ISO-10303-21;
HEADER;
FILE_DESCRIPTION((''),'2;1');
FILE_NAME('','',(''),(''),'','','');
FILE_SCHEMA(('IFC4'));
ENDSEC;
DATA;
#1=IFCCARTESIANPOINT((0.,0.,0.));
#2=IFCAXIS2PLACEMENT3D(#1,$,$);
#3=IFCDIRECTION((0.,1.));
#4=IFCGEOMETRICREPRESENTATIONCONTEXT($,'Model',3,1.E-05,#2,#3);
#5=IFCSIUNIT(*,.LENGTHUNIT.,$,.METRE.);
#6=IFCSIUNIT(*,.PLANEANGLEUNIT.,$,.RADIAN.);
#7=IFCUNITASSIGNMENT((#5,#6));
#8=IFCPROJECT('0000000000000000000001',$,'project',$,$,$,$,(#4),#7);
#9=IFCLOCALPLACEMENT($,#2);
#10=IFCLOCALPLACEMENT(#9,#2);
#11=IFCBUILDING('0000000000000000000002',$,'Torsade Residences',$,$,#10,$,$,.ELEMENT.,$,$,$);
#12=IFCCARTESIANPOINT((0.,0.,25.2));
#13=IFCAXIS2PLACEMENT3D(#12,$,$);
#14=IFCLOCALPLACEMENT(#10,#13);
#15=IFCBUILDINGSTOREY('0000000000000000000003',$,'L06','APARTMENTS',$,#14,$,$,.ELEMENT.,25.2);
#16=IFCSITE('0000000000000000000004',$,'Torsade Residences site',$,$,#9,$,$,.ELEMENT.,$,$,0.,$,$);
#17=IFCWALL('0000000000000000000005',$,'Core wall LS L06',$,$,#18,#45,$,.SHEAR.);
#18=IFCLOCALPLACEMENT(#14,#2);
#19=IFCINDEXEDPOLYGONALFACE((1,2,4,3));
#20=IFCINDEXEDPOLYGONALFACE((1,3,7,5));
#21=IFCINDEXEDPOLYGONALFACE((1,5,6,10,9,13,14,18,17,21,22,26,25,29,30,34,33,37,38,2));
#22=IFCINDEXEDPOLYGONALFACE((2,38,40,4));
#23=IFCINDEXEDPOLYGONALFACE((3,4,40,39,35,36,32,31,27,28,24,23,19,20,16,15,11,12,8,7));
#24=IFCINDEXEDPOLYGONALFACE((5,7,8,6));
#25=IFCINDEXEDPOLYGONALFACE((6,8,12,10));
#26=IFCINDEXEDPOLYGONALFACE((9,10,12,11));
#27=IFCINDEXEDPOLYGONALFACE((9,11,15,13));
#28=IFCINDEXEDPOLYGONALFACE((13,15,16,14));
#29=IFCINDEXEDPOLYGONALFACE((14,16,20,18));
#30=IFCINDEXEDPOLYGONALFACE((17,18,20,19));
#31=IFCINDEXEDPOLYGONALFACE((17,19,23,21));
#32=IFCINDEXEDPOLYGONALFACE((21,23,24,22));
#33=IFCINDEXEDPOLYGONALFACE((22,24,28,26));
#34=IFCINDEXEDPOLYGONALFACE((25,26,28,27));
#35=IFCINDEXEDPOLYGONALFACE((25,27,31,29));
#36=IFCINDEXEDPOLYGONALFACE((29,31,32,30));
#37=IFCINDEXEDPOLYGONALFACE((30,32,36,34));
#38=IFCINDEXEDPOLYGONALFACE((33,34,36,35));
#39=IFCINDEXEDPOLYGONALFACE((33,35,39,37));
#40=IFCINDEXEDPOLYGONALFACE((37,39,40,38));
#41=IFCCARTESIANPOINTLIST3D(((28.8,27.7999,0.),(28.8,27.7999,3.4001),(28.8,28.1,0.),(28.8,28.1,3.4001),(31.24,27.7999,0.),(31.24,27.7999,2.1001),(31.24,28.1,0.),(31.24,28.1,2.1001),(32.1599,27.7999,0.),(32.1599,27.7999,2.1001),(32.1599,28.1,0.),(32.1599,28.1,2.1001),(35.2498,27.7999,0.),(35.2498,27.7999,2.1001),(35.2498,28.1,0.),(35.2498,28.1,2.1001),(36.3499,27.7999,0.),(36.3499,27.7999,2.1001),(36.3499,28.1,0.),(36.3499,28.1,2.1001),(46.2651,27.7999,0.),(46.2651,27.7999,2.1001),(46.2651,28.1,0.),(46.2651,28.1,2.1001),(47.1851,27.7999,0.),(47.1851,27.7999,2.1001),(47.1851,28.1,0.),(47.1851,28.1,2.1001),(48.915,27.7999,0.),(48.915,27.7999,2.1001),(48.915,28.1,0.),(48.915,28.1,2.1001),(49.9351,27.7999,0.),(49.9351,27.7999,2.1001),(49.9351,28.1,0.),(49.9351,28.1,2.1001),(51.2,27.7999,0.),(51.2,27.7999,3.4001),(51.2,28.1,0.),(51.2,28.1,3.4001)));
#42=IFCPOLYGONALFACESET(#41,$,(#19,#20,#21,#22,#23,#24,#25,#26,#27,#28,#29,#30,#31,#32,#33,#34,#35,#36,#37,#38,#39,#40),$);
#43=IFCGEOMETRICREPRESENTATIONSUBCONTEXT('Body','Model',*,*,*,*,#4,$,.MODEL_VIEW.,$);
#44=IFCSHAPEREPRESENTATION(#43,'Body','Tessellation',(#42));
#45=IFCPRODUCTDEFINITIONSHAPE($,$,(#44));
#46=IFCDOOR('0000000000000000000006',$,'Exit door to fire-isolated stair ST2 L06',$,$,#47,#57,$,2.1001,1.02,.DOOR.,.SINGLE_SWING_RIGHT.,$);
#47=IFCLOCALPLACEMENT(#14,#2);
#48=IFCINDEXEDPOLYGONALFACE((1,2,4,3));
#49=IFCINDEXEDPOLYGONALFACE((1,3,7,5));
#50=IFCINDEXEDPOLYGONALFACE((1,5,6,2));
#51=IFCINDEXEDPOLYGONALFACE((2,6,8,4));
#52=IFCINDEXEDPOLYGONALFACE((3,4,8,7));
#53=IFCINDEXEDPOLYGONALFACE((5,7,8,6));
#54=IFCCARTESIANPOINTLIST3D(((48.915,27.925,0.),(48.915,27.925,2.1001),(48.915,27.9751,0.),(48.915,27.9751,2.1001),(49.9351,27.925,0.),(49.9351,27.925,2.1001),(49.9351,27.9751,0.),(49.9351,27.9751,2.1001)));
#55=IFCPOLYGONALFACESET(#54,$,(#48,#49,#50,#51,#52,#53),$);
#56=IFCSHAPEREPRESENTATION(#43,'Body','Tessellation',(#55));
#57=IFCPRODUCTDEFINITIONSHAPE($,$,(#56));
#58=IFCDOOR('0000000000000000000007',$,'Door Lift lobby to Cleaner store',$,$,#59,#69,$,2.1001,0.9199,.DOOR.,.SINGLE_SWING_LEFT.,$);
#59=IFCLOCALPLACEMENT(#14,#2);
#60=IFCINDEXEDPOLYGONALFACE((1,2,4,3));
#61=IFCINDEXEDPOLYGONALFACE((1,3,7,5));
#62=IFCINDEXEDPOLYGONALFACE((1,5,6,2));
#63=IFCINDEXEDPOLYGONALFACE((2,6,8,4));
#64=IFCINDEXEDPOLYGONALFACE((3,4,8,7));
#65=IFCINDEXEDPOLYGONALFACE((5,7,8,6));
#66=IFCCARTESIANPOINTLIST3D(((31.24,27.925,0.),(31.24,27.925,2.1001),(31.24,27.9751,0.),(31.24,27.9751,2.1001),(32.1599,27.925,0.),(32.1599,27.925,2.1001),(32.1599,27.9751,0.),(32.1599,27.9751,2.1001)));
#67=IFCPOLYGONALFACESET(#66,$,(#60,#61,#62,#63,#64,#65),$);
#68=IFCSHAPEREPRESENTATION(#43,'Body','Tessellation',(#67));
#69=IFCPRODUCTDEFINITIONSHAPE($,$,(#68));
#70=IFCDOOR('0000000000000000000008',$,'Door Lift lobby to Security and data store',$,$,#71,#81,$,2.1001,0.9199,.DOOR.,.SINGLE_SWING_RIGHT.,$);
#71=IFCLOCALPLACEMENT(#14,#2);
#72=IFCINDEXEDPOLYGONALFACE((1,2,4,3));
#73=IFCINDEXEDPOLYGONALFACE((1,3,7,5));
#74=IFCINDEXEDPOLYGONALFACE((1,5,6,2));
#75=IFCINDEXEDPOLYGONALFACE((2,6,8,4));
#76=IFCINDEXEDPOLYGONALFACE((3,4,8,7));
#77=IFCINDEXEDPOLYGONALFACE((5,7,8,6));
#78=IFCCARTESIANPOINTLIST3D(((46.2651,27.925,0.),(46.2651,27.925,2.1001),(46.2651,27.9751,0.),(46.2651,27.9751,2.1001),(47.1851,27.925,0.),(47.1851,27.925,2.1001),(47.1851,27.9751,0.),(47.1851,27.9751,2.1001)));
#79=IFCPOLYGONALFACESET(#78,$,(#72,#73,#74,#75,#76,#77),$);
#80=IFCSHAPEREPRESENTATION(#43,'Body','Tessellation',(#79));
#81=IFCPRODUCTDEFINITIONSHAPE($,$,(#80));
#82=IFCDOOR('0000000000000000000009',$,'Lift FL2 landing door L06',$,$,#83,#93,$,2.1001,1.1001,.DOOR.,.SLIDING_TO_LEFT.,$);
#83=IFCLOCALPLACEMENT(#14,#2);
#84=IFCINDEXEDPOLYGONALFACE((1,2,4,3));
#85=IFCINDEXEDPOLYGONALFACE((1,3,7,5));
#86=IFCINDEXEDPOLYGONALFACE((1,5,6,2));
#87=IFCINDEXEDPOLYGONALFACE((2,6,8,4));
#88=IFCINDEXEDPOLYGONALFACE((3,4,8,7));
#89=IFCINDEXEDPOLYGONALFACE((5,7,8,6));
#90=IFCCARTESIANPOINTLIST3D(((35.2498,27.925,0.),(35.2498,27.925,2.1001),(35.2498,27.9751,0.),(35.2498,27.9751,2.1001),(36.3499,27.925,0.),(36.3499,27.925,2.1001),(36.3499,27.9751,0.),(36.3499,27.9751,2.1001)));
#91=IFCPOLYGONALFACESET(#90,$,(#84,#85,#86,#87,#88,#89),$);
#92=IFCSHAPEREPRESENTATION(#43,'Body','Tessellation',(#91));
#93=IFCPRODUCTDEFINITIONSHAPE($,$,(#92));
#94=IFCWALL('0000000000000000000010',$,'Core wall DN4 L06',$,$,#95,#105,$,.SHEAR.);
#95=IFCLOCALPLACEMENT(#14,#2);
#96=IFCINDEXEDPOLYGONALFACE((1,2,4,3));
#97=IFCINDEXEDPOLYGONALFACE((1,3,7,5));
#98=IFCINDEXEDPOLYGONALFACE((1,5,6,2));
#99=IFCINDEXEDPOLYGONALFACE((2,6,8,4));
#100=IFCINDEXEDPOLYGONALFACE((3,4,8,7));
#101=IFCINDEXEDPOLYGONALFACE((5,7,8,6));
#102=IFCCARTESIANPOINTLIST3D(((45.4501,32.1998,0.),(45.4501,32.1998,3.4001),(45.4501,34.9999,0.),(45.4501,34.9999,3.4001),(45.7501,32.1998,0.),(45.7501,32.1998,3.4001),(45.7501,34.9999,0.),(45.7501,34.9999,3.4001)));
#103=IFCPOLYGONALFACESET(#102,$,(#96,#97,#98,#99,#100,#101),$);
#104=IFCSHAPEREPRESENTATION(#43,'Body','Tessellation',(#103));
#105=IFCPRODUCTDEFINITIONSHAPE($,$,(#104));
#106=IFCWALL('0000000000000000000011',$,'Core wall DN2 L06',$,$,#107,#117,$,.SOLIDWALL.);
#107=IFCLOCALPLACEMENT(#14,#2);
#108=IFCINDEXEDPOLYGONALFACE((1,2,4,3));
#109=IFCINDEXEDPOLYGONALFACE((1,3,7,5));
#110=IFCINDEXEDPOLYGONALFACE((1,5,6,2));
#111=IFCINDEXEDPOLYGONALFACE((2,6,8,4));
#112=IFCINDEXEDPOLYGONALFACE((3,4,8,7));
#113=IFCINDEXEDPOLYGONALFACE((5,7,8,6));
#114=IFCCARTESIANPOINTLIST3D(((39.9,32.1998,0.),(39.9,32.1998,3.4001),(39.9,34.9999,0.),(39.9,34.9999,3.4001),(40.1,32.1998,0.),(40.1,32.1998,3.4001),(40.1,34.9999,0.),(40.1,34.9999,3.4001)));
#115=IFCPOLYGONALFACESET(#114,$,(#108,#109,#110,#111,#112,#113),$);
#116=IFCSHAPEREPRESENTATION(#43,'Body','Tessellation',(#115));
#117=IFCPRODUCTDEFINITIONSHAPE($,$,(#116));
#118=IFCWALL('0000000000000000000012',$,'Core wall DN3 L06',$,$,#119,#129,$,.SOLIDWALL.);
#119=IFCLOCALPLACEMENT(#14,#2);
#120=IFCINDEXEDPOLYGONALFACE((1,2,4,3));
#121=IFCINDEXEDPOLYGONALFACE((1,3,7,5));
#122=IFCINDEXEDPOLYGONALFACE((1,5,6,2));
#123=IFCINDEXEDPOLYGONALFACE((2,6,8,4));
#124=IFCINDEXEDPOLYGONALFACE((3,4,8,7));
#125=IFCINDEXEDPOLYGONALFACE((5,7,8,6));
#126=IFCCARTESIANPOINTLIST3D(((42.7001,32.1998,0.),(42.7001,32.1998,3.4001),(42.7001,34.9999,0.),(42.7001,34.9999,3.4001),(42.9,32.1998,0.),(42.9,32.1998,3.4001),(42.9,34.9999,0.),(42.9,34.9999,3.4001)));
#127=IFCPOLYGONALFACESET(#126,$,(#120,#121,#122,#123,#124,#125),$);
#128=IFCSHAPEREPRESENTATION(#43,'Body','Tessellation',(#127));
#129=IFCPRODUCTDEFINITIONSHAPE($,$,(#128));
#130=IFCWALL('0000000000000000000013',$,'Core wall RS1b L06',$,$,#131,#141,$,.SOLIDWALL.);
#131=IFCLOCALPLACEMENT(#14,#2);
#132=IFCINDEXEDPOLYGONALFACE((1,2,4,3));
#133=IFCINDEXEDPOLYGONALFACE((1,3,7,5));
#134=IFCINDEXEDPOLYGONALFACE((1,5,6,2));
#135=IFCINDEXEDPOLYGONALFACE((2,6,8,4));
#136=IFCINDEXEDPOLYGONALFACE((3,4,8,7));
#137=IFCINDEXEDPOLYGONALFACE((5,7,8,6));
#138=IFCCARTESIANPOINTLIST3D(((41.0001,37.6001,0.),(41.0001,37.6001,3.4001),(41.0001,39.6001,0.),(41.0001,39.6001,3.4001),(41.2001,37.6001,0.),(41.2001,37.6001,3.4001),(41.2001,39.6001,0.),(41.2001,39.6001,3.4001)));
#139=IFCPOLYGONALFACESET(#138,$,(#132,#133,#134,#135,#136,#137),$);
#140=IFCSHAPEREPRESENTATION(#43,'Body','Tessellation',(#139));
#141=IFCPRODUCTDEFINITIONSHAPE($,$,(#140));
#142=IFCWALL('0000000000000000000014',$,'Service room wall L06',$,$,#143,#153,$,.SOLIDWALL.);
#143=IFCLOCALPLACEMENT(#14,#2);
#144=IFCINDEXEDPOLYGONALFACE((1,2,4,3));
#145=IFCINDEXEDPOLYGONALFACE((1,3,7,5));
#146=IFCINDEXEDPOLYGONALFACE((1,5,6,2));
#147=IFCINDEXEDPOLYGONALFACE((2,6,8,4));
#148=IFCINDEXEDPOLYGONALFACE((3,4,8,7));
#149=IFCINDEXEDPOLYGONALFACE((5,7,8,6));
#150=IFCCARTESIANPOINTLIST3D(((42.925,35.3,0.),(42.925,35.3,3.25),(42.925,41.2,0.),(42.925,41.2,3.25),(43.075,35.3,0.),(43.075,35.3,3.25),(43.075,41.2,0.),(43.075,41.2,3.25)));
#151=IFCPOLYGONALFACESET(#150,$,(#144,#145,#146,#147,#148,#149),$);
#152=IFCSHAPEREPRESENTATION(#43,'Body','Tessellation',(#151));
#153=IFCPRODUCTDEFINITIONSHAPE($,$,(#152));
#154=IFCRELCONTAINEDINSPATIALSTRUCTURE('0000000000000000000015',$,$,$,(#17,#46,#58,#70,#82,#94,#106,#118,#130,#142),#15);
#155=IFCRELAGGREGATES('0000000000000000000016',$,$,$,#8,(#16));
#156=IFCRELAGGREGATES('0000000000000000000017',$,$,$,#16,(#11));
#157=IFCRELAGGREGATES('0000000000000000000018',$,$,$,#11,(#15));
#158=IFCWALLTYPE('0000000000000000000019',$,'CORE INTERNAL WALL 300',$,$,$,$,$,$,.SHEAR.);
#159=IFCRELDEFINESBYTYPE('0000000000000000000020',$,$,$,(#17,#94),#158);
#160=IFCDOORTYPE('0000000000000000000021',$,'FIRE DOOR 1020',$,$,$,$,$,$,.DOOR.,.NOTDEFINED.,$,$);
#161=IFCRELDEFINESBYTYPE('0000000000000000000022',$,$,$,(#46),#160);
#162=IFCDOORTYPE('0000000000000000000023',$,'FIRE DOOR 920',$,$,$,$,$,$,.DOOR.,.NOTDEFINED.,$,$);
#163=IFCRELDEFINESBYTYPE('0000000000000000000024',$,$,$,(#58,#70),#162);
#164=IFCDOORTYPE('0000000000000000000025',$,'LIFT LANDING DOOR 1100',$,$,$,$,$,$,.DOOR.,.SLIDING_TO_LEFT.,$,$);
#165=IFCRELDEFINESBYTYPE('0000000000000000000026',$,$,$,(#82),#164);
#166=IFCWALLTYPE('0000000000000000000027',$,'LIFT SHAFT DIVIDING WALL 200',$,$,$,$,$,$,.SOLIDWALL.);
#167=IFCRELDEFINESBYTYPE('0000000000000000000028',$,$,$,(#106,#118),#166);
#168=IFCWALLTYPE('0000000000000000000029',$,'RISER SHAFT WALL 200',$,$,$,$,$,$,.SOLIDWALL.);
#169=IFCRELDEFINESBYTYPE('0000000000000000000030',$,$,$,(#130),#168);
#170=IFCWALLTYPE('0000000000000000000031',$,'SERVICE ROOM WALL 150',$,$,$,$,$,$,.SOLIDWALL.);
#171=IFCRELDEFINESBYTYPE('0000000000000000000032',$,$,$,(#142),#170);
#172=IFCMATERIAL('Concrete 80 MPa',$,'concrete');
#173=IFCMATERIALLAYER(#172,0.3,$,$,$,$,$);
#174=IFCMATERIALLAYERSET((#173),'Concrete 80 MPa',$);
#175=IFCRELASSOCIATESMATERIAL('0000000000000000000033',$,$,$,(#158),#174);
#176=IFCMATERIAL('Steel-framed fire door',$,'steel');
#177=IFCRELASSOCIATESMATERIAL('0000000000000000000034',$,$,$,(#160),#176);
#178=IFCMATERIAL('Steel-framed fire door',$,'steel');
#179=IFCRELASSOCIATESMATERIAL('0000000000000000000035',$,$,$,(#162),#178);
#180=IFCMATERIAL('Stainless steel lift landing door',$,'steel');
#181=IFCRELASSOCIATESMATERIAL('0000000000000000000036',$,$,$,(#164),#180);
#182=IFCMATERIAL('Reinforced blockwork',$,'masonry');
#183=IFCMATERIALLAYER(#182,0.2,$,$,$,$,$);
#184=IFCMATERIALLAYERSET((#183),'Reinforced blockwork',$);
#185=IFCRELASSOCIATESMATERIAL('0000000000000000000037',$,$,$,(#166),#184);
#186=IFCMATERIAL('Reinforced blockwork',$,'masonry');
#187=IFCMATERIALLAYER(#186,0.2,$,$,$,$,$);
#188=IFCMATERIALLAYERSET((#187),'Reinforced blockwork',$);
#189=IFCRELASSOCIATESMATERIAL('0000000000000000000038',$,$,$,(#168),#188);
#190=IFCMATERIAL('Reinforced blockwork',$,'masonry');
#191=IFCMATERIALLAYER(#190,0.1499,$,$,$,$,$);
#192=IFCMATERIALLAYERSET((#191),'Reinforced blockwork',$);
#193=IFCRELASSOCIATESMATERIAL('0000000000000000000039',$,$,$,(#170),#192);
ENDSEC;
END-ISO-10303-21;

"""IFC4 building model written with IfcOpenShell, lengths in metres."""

from ifc_helpers import new_model, si_unit, direction, frame, frame_2d, origin, place, context, subcontext, project, spatial, rectangle, extrude, material, layer, layer_set, type_object, element, fill, save


model = new_model("IFC4")

# Units and contexts
model_context = context("Model", 3, precision=1e-05, world=origin(), true_north=direction((0.0, 1.0)))
body_context = subcontext(model_context, "Body", "Model", "MODEL_VIEW")
ifc_project = project(units=[si_unit("LENGTHUNIT", "METRE"), si_unit("PLANEANGLEUNIT", "RADIAN")], contexts=[model_context])

# Site, building, storey
site_placement = place(None, origin())
site = spatial("IfcSite", under=ifc_project, at=site_placement, Name="Torsade Residences site", CompositionType="ELEMENT", RefElevation=0.0)
building_placement = place(site_placement, origin())
building = spatial("IfcBuilding", under=site, at=building_placement, Name="Torsade Residences", CompositionType="ELEMENT")
storey_placement = place(building_placement, frame((0.0, 0.0, 25.2)))
storey = spatial("IfcBuildingStorey", under=building, at=storey_placement, Name="L06", Description="APARTMENTS", CompositionType="ELEMENT", Elevation=25.2)

# Wall, openings, doors
ifc_material_1 = material(Name="Concrete 80 MPa", Category="concrete")
ifc_layer_1 = layer(ifc_material_1, 0.3)
ifc_layer_set_1 = layer_set([ifc_layer_1], Name="Concrete 80 MPa")
wall_type_1 = type_object("IfcWallType", Name="CORE INTERNAL WALL 300", PredefinedType="SHEAR", material=ifc_layer_set_1)
wall_1_placement = place(storey_placement, frame((51.2, 27.95, 0.0), z_axis=(0.0, 0.0, 1.0), x_axis=(-1.0, 0.0, 0.0)))
wall_1 = element("IfcWall", 1, at=wall_1_placement, inside=storey, type_object=wall_type_1, Name="Core wall LS L06", PredefinedType="SHEAR", context=body_context, shape_type="SweptSolid", body=[
    extrude(rectangle(XDim=22.3999, YDim=0.3, at=frame_2d((11.2, 0.0))), origin(), (0.0, 0.0, 1.0), 3.4001),
])
opening_1_placement = place(wall_1_placement, frame((19.04, 0.0, 0.0)))
opening_1 = element("IfcOpeningElement", 2, at=opening_1_placement, cuts=wall_1, PredefinedType="OPENING", context=body_context, shape_type="SweptSolid", body=[
    extrude(rectangle(XDim=0.9199, YDim=2.1001, at=frame_2d((0.46, 1.05))), frame((0.0, 0.1599, 0.0), z_axis=(0.0, -1.0, 0.0), x_axis=(1.0, 0.0, 0.0)), (0.0, 0.0, 1.0), 0.3201),
])
opening_2_placement = place(wall_1_placement, frame((1.2649, 0.0, 0.0)))
opening_2 = element("IfcOpeningElement", 3, at=opening_2_placement, cuts=wall_1, PredefinedType="OPENING", context=body_context, shape_type="SweptSolid", body=[
    extrude(rectangle(XDim=1.02, YDim=2.1001, at=frame_2d((0.51, 1.05))), frame((0.0, 0.1599, 0.0), z_axis=(0.0, -1.0, 0.0), x_axis=(1.0, 0.0, 0.0)), (0.0, 0.0, 1.0), 0.3201),
])
opening_3_placement = place(wall_1_placement, frame((4.0149, 0.0, 0.0)))
opening_3 = element("IfcOpeningElement", 4, at=opening_3_placement, cuts=wall_1, PredefinedType="OPENING", context=body_context, shape_type="SweptSolid", body=[
    extrude(rectangle(XDim=0.9199, YDim=2.1001, at=frame_2d((0.46, 1.05))), frame((0.0, 0.1599, 0.0), z_axis=(0.0, -1.0, 0.0), x_axis=(1.0, 0.0, 0.0)), (0.0, 0.0, 1.0), 0.3201),
])
opening_4_placement = place(wall_1_placement, frame((14.8501, 0.0, 0.0)))
opening_4 = element("IfcOpeningElement", 5, at=opening_4_placement, cuts=wall_1, PredefinedType="OPENING", context=body_context, shape_type="SweptSolid", body=[
    extrude(rectangle(XDim=1.1001, YDim=2.1001, at=frame_2d((0.55, 1.05))), frame((0.0, 0.1599, 0.0), z_axis=(0.0, -1.0, 0.0), x_axis=(1.0, 0.0, 0.0)), (0.0, 0.0, 1.0), 0.3201),
])
ifc_material_2 = material(Name="Steel-framed fire door", Category="steel")
door_type_1 = type_object("IfcDoorType", Name="FIRE DOOR 1020", OperationType="NOTDEFINED", PredefinedType="DOOR", material=ifc_material_2)
door_1_placement = place(opening_2_placement, origin())
door_1 = element("IfcDoor", 6, at=door_1_placement, inside=storey, type_object=door_type_1, Name="Exit door to fire-isolated stair ST2 L06", OperationType="SINGLE_SWING_RIGHT", OverallHeight=2.1001, OverallWidth=1.02, PredefinedType="DOOR", context=body_context, shape_type="SweptSolid", body=[
    extrude(rectangle(XDim=1.02, YDim=2.1001, at=frame_2d((0.51, 1.05))), frame((0.0, 0.0249, 0.0), z_axis=(0.0, -1.0, 0.0), x_axis=(1.0, 0.0, 0.0)), (0.0, 0.0, 1.0), 0.05),
])
fill(opening_2, door_1)
ifc_material_3 = material(Name="Steel-framed fire door", Category="steel")
door_type_2 = type_object("IfcDoorType", Name="FIRE DOOR 920", OperationType="NOTDEFINED", PredefinedType="DOOR", material=ifc_material_3)
door_2_placement = place(opening_1_placement, origin())
door_2 = element("IfcDoor", 7, at=door_2_placement, inside=storey, type_object=door_type_2, Name="Door Lift lobby to Cleaner store", OperationType="SINGLE_SWING_LEFT", OverallHeight=2.1001, OverallWidth=0.9199, PredefinedType="DOOR", context=body_context, shape_type="SweptSolid", body=[
    extrude(rectangle(XDim=0.9199, YDim=2.1001, at=frame_2d((0.46, 1.05))), frame((0.0, 0.0249, 0.0), z_axis=(0.0, -1.0, 0.0), x_axis=(1.0, 0.0, 0.0)), (0.0, 0.0, 1.0), 0.05),
])
fill(opening_1, door_2)
door_3_placement = place(opening_3_placement, origin())
door_3 = element("IfcDoor", 8, at=door_3_placement, inside=storey, type_object=door_type_2, Name="Door Lift lobby to Security and data store", OperationType="SINGLE_SWING_RIGHT", OverallHeight=2.1001, OverallWidth=0.9199, PredefinedType="DOOR", context=body_context, shape_type="SweptSolid", body=[
    extrude(rectangle(XDim=0.9199, YDim=2.1001, at=frame_2d((0.46, 1.05))), frame((0.0, 0.0249, 0.0), z_axis=(0.0, -1.0, 0.0), x_axis=(1.0, 0.0, 0.0)), (0.0, 0.0, 1.0), 0.05),
])
fill(opening_3, door_3)
ifc_material_4 = material(Name="Stainless steel lift landing door", Category="steel")
door_type_3 = type_object("IfcDoorType", Name="LIFT LANDING DOOR 1100", OperationType="SLIDING_TO_LEFT", PredefinedType="DOOR", material=ifc_material_4)
door_4_placement = place(opening_4_placement, origin())
door_4 = element("IfcDoor", 9, at=door_4_placement, inside=storey, type_object=door_type_3, Name="Lift FL2 landing door L06", OperationType="SLIDING_TO_LEFT", OverallHeight=2.1001, OverallWidth=1.1001, PredefinedType="DOOR", context=body_context, shape_type="SweptSolid", body=[
    extrude(rectangle(XDim=1.1001, YDim=2.1001, at=frame_2d((0.55, 1.05))), frame((0.0, 0.0249, 0.0), z_axis=(0.0, -1.0, 0.0), x_axis=(1.0, 0.0, 0.0)), (0.0, 0.0, 1.0), 0.05),
])
fill(opening_4, door_4)

# Walls
wall_2_placement = place(storey_placement, frame((45.6001, 32.2, 0.0), z_axis=(0.0, 0.0, 1.0), x_axis=(0.0, 1.0, 0.0)))
element("IfcWall", 10, at=wall_2_placement, inside=storey, type_object=wall_type_1, Name="Core wall DN4 L06", PredefinedType="SHEAR", context=body_context, shape_type="SweptSolid", body=[
    extrude(rectangle(XDim=2.8, YDim=0.3, at=frame_2d((1.3999, 0.0))), origin(), (0.0, 0.0, 1.0), 3.4001),
])
ifc_material_5 = material(Name="Reinforced blockwork", Category="masonry")
ifc_layer_2 = layer(ifc_material_5, 0.2)
ifc_layer_set_2 = layer_set([ifc_layer_2], Name="Reinforced blockwork")
wall_type_2 = type_object("IfcWallType", Name="LIFT SHAFT DIVIDING WALL 200", PredefinedType="SOLIDWALL", material=ifc_layer_set_2)
for number, where, z_axis, x_axis, name in (
    (11, (40.0, 32.2, 0.0), (0.0, 0.0, 1.0), (0.0, 1.0, 0.0), "Core wall DN2 L06"),
    (12, (42.8, 32.2, 0.0), (0.0, 0.0, 1.0), (0.0, 1.0, 0.0), "Core wall DN3 L06"),
):
    element("IfcWall", number, at=place(storey_placement, frame(where, z_axis=z_axis, x_axis=x_axis)), inside=storey, type_object=wall_type_2, Name=name, PredefinedType="SOLIDWALL", context=body_context, shape_type="SweptSolid", body=[
        extrude(rectangle(XDim=2.8, YDim=0.2, at=frame_2d((1.3999, 0.0))), origin(), (0.0, 0.0, 1.0), 3.4001),
    ])
ifc_material_6 = material(Name="Reinforced blockwork", Category="masonry")
ifc_layer_3 = layer(ifc_material_6, 0.2)
ifc_layer_set_3 = layer_set([ifc_layer_3], Name="Reinforced blockwork")
wall_type_3 = type_object("IfcWallType", Name="RISER SHAFT WALL 200", PredefinedType="SOLIDWALL", material=ifc_layer_set_3)
wall_3_placement = place(storey_placement, frame((41.1001, 37.6001, 0.0), z_axis=(0.0, 0.0, 1.0), x_axis=(0.0, 1.0, 0.0)))
element("IfcWall", 13, at=wall_3_placement, inside=storey, type_object=wall_type_3, Name="Core wall RS1b L06", PredefinedType="SOLIDWALL", context=body_context, shape_type="SweptSolid", body=[
    extrude(rectangle(XDim=2.0, YDim=0.2, at=frame_2d((1.0, 0.0))), origin(), (0.0, 0.0, 1.0), 3.4001),
])
ifc_material_7 = material(Name="Reinforced blockwork", Category="masonry")
ifc_layer_4 = layer(ifc_material_7, 0.1499)
ifc_layer_set_4 = layer_set([ifc_layer_4], Name="Reinforced blockwork")
wall_type_4 = type_object("IfcWallType", Name="SERVICE ROOM WALL 150", PredefinedType="SOLIDWALL", material=ifc_layer_set_4)
wall_4_placement = place(storey_placement, frame((43.0, 41.2, 0.0), z_axis=(0.0, 0.0, 1.0), x_axis=(0.0, -1.0, 0.0)))
element("IfcWall", 14, at=wall_4_placement, inside=storey, type_object=wall_type_4, Name="Service room wall L06", PredefinedType="SOLIDWALL", context=body_context, shape_type="SweptSolid", body=[
    extrude(rectangle(XDim=5.8999, YDim=0.1499, at=frame_2d((2.95, 0.0))), origin(), (0.0, 0.0, 1.0), 3.25),
])

save(model, "model.ifc")
